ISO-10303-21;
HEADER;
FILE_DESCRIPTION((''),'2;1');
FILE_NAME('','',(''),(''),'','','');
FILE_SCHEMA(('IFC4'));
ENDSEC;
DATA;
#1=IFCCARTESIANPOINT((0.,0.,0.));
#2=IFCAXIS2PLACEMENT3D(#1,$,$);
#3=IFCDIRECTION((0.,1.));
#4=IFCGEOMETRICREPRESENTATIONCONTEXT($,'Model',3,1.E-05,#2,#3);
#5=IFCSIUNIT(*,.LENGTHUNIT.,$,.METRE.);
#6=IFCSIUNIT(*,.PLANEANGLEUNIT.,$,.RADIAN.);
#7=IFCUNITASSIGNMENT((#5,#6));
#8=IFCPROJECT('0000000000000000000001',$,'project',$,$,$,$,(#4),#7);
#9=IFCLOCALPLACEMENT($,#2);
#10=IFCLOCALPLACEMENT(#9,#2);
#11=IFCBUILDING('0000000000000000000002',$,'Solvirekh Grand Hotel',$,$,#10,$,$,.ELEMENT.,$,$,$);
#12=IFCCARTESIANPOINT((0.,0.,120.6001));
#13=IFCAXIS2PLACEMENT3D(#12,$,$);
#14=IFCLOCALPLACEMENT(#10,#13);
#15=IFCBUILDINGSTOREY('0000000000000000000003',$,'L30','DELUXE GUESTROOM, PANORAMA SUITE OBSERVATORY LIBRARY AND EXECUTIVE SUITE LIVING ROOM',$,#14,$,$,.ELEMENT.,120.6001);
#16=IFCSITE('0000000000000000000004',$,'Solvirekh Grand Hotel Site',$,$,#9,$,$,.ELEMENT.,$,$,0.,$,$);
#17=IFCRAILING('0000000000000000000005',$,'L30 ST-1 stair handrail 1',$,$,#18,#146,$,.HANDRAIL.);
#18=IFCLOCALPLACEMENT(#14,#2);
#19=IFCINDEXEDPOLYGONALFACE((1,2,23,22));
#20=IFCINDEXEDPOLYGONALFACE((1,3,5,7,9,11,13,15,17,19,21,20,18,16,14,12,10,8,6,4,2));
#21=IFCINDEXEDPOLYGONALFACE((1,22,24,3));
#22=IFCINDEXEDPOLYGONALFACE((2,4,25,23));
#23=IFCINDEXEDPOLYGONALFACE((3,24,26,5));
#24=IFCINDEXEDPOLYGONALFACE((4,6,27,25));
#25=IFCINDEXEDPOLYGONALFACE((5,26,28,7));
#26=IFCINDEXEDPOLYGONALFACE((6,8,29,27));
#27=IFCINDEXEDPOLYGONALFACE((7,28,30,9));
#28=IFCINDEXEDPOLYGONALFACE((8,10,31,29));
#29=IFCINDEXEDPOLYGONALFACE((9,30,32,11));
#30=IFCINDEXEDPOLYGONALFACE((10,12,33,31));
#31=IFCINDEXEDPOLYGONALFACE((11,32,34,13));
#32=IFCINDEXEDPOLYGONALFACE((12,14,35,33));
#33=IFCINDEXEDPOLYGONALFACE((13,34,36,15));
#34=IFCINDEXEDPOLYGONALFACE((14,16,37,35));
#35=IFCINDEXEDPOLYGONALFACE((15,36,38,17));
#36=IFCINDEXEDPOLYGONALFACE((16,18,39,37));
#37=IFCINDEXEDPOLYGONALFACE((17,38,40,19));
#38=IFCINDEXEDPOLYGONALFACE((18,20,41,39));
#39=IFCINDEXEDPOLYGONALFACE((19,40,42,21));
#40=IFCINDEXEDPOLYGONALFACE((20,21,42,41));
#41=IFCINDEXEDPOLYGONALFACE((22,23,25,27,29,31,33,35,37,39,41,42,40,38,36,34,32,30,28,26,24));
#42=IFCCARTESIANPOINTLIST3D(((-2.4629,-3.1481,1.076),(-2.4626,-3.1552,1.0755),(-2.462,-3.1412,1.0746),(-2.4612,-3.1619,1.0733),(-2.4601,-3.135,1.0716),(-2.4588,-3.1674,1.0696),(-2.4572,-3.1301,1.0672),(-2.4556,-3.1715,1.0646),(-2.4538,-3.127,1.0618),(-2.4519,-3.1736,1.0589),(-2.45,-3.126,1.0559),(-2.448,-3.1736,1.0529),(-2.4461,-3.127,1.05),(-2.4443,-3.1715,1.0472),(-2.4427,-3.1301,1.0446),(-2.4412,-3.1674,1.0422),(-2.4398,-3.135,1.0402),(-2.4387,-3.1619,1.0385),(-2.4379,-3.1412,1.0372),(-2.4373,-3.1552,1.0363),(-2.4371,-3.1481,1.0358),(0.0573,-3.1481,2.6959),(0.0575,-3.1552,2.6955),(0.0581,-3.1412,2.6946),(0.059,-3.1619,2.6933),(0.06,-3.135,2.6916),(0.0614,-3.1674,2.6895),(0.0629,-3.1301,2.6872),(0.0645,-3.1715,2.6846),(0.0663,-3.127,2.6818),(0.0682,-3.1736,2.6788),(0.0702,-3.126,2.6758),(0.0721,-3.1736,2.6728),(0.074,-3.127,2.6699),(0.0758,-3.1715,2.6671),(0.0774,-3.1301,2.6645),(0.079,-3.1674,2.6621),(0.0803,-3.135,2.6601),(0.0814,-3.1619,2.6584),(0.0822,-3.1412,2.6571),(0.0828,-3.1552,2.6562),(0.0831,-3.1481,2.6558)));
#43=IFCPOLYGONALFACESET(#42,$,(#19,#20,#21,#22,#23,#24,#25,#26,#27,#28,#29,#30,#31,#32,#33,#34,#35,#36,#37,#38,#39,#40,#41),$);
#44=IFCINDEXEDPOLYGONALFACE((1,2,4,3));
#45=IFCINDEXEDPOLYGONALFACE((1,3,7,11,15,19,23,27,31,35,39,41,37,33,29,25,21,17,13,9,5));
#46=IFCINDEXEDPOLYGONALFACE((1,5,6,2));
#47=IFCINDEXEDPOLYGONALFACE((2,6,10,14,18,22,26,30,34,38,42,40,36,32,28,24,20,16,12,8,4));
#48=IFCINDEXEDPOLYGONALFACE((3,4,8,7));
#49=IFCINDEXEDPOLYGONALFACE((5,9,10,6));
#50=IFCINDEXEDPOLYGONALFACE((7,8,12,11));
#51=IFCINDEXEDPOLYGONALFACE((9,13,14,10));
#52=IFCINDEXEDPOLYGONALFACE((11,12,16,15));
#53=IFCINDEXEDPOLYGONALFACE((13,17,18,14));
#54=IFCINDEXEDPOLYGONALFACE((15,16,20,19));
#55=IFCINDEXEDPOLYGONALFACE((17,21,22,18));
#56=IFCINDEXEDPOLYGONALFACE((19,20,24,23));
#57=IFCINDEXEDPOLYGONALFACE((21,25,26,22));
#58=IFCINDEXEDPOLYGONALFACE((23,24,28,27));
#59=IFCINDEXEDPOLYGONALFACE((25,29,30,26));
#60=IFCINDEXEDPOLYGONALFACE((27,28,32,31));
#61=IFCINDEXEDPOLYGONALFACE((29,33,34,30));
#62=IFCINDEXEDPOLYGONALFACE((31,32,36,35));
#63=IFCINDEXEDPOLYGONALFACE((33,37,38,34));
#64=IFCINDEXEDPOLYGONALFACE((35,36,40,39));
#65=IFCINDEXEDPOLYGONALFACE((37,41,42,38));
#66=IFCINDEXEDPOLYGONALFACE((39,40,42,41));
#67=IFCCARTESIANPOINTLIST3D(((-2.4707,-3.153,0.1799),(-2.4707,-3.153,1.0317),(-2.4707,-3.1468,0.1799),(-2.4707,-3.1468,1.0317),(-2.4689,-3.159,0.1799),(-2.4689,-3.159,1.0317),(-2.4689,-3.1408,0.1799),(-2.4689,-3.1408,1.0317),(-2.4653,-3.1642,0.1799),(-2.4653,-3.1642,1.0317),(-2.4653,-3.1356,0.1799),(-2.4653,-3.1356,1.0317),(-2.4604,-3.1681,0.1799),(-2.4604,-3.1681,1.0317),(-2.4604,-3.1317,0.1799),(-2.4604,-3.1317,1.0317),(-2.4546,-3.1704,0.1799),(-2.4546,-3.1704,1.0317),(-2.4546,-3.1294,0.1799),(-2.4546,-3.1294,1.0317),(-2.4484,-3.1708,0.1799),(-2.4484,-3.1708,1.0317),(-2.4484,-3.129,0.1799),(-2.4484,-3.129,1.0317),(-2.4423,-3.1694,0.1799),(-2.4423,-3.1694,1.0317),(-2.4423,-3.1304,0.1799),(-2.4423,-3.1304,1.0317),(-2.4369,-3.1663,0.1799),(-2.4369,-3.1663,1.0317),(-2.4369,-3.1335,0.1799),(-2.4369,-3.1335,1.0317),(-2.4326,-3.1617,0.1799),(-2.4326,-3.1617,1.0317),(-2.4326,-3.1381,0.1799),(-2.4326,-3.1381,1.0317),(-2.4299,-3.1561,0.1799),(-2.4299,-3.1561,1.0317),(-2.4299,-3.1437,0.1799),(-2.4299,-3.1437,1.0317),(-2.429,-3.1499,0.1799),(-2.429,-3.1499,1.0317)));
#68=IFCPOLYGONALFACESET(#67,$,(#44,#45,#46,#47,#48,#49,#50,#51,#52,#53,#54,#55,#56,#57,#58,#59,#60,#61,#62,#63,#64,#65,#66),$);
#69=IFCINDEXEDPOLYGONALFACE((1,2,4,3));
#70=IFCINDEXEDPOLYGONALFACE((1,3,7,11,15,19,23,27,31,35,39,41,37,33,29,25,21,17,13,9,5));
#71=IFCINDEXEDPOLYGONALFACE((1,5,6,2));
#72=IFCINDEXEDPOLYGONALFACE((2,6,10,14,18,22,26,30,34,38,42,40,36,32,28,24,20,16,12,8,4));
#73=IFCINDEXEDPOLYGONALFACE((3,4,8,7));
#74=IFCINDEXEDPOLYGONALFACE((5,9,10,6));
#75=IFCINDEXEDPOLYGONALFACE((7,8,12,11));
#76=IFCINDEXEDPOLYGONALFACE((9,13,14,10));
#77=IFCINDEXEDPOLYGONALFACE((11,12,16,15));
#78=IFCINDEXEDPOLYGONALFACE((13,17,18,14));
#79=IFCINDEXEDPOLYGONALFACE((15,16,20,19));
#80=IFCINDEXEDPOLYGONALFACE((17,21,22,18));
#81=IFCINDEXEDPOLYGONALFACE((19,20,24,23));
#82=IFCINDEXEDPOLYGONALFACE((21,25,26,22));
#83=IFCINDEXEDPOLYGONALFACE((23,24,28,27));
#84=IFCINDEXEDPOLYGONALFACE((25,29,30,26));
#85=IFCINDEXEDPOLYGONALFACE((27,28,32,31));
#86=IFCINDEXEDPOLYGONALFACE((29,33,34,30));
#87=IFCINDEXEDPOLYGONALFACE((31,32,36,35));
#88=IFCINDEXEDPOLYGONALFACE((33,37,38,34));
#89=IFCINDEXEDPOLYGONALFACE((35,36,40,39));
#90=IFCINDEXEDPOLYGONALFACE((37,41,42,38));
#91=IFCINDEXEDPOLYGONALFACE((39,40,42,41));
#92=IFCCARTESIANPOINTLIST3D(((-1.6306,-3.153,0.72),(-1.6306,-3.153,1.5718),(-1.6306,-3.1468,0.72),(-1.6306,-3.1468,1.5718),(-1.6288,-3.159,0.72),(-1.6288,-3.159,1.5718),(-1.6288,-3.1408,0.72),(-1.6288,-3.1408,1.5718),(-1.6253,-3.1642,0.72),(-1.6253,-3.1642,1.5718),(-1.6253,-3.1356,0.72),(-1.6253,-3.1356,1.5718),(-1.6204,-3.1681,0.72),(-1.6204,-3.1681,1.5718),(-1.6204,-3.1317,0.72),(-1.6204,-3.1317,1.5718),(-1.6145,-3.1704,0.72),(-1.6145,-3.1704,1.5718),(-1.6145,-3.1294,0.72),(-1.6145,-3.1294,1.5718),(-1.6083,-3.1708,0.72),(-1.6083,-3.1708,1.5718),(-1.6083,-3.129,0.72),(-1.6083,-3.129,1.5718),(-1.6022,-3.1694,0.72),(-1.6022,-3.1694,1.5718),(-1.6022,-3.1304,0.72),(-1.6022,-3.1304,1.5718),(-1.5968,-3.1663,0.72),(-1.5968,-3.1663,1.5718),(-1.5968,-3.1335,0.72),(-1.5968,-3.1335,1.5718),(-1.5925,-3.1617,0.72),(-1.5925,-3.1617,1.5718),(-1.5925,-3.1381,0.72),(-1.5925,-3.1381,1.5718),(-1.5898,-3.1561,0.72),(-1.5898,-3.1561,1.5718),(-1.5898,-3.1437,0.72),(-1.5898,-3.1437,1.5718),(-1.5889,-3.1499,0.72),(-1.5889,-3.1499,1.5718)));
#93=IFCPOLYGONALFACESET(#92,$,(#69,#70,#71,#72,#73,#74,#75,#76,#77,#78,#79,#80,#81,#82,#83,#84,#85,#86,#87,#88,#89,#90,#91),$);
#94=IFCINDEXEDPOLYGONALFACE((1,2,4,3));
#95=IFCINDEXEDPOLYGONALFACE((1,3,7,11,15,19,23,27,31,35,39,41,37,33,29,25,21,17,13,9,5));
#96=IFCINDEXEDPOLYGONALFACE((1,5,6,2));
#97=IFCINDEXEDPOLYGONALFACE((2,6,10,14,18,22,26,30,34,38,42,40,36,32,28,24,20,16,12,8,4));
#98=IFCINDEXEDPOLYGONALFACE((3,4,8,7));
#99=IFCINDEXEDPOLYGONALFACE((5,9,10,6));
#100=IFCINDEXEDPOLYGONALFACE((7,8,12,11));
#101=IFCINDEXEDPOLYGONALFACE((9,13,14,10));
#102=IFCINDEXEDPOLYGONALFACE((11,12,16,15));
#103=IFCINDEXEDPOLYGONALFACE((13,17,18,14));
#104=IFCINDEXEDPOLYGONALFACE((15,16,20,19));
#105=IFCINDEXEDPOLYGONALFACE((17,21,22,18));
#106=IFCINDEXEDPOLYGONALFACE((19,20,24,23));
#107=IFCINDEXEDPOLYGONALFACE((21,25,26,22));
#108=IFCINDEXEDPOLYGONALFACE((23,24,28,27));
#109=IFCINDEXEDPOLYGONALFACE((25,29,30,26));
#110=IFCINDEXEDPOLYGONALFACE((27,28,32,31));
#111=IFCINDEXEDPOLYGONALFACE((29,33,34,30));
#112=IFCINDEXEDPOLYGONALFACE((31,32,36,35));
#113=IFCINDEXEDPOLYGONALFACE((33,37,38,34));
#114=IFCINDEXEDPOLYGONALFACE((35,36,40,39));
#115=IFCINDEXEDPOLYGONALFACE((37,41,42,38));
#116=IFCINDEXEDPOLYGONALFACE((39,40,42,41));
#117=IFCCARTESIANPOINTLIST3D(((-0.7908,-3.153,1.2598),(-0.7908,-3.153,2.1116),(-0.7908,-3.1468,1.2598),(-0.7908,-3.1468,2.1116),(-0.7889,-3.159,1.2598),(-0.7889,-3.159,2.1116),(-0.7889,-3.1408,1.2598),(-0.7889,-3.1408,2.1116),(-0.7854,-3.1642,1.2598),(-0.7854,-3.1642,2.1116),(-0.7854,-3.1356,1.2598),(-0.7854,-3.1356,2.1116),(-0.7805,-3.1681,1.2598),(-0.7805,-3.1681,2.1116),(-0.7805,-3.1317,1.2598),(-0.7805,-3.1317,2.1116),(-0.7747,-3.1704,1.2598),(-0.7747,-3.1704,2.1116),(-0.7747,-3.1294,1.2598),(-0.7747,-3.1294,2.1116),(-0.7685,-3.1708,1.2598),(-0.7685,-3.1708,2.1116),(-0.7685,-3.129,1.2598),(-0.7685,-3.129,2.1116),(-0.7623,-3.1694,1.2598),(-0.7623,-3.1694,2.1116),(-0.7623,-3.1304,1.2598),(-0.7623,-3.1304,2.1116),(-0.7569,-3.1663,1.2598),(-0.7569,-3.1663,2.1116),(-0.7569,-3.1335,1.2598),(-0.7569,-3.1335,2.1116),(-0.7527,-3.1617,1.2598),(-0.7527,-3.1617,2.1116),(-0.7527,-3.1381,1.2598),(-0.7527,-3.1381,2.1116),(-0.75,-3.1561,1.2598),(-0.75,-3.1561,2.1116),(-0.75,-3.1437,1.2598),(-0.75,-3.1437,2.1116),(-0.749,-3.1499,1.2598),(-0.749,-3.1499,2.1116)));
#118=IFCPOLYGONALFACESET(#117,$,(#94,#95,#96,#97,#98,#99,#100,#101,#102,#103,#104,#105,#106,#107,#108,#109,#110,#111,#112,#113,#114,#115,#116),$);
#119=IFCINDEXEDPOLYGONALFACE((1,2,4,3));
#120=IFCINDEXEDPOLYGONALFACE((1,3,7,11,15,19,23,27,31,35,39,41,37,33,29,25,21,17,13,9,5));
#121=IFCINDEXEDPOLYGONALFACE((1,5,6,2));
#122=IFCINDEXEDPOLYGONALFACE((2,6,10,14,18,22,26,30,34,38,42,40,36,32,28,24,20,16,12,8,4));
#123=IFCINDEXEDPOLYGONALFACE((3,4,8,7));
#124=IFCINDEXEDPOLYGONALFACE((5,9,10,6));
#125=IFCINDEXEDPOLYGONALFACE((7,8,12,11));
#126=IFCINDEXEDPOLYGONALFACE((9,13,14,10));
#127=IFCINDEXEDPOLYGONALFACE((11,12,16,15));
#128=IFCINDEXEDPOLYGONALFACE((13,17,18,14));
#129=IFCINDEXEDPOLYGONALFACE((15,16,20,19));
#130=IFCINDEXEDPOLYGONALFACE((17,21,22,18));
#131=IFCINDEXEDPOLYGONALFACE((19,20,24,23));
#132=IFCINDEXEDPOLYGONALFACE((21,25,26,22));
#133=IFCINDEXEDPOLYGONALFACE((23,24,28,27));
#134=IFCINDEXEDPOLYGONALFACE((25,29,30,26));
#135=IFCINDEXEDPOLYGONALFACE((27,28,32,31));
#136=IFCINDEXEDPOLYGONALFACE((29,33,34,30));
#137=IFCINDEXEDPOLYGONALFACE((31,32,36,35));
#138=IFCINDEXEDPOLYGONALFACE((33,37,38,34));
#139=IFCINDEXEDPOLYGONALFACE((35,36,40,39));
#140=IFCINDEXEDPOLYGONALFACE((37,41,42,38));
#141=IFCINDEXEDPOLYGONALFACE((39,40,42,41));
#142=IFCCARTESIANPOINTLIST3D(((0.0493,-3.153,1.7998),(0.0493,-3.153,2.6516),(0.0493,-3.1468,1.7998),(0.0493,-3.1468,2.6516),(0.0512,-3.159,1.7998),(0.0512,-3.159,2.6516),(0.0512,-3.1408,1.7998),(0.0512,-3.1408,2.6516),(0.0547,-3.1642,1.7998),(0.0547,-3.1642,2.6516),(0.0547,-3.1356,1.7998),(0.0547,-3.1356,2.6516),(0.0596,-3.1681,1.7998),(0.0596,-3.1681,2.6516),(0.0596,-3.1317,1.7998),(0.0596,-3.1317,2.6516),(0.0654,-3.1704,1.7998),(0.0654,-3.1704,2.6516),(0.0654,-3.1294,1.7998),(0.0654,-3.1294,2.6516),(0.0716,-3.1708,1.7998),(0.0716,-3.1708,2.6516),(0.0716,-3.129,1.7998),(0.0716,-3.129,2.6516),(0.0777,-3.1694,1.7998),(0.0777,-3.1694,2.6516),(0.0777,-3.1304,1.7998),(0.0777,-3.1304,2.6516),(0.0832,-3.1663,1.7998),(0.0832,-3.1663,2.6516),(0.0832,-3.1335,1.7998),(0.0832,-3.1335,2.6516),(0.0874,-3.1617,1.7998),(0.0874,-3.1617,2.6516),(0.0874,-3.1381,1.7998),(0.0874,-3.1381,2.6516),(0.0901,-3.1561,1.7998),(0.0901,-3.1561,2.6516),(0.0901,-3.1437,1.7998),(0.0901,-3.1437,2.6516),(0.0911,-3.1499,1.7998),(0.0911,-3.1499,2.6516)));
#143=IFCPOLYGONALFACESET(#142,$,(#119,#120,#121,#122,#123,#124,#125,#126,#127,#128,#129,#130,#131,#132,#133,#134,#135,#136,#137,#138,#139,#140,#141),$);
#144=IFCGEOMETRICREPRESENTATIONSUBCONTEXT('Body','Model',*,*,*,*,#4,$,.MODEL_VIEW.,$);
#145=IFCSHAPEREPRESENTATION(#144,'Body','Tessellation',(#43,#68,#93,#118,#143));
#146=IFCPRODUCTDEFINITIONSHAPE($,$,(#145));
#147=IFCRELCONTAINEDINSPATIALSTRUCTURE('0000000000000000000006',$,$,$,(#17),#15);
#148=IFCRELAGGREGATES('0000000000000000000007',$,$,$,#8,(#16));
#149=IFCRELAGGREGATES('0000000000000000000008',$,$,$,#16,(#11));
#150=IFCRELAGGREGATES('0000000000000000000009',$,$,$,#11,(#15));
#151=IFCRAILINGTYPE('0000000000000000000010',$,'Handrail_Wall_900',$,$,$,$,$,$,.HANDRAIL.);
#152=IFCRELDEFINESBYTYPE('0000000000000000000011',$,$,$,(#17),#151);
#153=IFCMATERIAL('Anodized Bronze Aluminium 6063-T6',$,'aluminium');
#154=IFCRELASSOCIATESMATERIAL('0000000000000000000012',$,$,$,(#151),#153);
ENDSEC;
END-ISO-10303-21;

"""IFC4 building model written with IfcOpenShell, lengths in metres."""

from ifc_helpers import new_model, si_unit, direction, frame, origin, origin_2d, place, context, subcontext, project, spatial, circle, extrude, material, type_object, element, save


model = new_model("IFC4")

# Units and contexts
model_context = context("Model", 3, precision=1e-05, world=origin(), true_north=direction((0.0, 1.0)))
body_context = subcontext(model_context, "Body", "Model", "MODEL_VIEW")
ifc_project = project(units=[si_unit("LENGTHUNIT", "METRE"), si_unit("PLANEANGLEUNIT", "RADIAN")], contexts=[model_context])

# Site, building, storey
site_placement = place(None, origin())
site = spatial("IfcSite", under=ifc_project, at=site_placement, Name="Solvirekh Grand Hotel Site", CompositionType="ELEMENT", RefElevation=0.0)
building_placement = place(site_placement, origin())
building = spatial("IfcBuilding", under=site, at=building_placement, Name="Solvirekh Grand Hotel", CompositionType="ELEMENT")
storey_placement = place(building_placement, frame((0.0, 0.0, 120.6001)))
storey = spatial("IfcBuildingStorey", under=building, at=storey_placement, Name="L30", Description="DELUXE GUESTROOM, PANORAMA SUITE OBSERVATORY LIBRARY AND EXECUTIVE SUITE LIVING ROOM", CompositionType="ELEMENT", Elevation=120.6001)

# Shared definitions
ifc_material_1 = material(Name="Anodized Bronze Aluminium 6063-T6", Category="aluminium")

# Railing
railing_type_1 = type_object("IfcRailingType", Name="Handrail_Wall_900", PredefinedType="HANDRAIL", material=ifc_material_1)
for number, where, name in (
    (1, (-2.45, -3.1499, 0.1799), "L30 ST-1 stair handrail 1"),
):
    element("IfcRailing", number, at=place(storey_placement, frame(where)), inside=storey, type_object=railing_type_1, Name=name, PredefinedType="HANDRAIL", context=body_context, shape_type="SweptSolid", body=[
        extrude(circle(Radius=0.0239, at=origin_2d()), frame((0.0, 0.0, 0.876), z_axis=(0.8412, 0.0, 0.540725), x_axis=(0.0, 1.0, 0.0)), (0.0, 0.0, 1.0), 2.9958),
        extrude(circle(Radius=0.021, at=origin_2d()), origin(), (0.0, 0.0, 1.0), 0.8518),
        extrude(circle(Radius=0.021, at=origin_2d()), frame((0.8401, 0.0, 0.54)), (0.0, 0.0, 1.0), 0.8518),
        extrude(circle(Radius=0.021, at=origin_2d()), frame((1.6799, 0.0, 1.0798)), (0.0, 0.0, 1.0), 0.8518),
        extrude(circle(Radius=0.021, at=origin_2d()), frame((2.52, 0.0, 1.6199)), (0.0, 0.0, 1.0), 0.8518),
    ])

save(model, "model.ifc")
